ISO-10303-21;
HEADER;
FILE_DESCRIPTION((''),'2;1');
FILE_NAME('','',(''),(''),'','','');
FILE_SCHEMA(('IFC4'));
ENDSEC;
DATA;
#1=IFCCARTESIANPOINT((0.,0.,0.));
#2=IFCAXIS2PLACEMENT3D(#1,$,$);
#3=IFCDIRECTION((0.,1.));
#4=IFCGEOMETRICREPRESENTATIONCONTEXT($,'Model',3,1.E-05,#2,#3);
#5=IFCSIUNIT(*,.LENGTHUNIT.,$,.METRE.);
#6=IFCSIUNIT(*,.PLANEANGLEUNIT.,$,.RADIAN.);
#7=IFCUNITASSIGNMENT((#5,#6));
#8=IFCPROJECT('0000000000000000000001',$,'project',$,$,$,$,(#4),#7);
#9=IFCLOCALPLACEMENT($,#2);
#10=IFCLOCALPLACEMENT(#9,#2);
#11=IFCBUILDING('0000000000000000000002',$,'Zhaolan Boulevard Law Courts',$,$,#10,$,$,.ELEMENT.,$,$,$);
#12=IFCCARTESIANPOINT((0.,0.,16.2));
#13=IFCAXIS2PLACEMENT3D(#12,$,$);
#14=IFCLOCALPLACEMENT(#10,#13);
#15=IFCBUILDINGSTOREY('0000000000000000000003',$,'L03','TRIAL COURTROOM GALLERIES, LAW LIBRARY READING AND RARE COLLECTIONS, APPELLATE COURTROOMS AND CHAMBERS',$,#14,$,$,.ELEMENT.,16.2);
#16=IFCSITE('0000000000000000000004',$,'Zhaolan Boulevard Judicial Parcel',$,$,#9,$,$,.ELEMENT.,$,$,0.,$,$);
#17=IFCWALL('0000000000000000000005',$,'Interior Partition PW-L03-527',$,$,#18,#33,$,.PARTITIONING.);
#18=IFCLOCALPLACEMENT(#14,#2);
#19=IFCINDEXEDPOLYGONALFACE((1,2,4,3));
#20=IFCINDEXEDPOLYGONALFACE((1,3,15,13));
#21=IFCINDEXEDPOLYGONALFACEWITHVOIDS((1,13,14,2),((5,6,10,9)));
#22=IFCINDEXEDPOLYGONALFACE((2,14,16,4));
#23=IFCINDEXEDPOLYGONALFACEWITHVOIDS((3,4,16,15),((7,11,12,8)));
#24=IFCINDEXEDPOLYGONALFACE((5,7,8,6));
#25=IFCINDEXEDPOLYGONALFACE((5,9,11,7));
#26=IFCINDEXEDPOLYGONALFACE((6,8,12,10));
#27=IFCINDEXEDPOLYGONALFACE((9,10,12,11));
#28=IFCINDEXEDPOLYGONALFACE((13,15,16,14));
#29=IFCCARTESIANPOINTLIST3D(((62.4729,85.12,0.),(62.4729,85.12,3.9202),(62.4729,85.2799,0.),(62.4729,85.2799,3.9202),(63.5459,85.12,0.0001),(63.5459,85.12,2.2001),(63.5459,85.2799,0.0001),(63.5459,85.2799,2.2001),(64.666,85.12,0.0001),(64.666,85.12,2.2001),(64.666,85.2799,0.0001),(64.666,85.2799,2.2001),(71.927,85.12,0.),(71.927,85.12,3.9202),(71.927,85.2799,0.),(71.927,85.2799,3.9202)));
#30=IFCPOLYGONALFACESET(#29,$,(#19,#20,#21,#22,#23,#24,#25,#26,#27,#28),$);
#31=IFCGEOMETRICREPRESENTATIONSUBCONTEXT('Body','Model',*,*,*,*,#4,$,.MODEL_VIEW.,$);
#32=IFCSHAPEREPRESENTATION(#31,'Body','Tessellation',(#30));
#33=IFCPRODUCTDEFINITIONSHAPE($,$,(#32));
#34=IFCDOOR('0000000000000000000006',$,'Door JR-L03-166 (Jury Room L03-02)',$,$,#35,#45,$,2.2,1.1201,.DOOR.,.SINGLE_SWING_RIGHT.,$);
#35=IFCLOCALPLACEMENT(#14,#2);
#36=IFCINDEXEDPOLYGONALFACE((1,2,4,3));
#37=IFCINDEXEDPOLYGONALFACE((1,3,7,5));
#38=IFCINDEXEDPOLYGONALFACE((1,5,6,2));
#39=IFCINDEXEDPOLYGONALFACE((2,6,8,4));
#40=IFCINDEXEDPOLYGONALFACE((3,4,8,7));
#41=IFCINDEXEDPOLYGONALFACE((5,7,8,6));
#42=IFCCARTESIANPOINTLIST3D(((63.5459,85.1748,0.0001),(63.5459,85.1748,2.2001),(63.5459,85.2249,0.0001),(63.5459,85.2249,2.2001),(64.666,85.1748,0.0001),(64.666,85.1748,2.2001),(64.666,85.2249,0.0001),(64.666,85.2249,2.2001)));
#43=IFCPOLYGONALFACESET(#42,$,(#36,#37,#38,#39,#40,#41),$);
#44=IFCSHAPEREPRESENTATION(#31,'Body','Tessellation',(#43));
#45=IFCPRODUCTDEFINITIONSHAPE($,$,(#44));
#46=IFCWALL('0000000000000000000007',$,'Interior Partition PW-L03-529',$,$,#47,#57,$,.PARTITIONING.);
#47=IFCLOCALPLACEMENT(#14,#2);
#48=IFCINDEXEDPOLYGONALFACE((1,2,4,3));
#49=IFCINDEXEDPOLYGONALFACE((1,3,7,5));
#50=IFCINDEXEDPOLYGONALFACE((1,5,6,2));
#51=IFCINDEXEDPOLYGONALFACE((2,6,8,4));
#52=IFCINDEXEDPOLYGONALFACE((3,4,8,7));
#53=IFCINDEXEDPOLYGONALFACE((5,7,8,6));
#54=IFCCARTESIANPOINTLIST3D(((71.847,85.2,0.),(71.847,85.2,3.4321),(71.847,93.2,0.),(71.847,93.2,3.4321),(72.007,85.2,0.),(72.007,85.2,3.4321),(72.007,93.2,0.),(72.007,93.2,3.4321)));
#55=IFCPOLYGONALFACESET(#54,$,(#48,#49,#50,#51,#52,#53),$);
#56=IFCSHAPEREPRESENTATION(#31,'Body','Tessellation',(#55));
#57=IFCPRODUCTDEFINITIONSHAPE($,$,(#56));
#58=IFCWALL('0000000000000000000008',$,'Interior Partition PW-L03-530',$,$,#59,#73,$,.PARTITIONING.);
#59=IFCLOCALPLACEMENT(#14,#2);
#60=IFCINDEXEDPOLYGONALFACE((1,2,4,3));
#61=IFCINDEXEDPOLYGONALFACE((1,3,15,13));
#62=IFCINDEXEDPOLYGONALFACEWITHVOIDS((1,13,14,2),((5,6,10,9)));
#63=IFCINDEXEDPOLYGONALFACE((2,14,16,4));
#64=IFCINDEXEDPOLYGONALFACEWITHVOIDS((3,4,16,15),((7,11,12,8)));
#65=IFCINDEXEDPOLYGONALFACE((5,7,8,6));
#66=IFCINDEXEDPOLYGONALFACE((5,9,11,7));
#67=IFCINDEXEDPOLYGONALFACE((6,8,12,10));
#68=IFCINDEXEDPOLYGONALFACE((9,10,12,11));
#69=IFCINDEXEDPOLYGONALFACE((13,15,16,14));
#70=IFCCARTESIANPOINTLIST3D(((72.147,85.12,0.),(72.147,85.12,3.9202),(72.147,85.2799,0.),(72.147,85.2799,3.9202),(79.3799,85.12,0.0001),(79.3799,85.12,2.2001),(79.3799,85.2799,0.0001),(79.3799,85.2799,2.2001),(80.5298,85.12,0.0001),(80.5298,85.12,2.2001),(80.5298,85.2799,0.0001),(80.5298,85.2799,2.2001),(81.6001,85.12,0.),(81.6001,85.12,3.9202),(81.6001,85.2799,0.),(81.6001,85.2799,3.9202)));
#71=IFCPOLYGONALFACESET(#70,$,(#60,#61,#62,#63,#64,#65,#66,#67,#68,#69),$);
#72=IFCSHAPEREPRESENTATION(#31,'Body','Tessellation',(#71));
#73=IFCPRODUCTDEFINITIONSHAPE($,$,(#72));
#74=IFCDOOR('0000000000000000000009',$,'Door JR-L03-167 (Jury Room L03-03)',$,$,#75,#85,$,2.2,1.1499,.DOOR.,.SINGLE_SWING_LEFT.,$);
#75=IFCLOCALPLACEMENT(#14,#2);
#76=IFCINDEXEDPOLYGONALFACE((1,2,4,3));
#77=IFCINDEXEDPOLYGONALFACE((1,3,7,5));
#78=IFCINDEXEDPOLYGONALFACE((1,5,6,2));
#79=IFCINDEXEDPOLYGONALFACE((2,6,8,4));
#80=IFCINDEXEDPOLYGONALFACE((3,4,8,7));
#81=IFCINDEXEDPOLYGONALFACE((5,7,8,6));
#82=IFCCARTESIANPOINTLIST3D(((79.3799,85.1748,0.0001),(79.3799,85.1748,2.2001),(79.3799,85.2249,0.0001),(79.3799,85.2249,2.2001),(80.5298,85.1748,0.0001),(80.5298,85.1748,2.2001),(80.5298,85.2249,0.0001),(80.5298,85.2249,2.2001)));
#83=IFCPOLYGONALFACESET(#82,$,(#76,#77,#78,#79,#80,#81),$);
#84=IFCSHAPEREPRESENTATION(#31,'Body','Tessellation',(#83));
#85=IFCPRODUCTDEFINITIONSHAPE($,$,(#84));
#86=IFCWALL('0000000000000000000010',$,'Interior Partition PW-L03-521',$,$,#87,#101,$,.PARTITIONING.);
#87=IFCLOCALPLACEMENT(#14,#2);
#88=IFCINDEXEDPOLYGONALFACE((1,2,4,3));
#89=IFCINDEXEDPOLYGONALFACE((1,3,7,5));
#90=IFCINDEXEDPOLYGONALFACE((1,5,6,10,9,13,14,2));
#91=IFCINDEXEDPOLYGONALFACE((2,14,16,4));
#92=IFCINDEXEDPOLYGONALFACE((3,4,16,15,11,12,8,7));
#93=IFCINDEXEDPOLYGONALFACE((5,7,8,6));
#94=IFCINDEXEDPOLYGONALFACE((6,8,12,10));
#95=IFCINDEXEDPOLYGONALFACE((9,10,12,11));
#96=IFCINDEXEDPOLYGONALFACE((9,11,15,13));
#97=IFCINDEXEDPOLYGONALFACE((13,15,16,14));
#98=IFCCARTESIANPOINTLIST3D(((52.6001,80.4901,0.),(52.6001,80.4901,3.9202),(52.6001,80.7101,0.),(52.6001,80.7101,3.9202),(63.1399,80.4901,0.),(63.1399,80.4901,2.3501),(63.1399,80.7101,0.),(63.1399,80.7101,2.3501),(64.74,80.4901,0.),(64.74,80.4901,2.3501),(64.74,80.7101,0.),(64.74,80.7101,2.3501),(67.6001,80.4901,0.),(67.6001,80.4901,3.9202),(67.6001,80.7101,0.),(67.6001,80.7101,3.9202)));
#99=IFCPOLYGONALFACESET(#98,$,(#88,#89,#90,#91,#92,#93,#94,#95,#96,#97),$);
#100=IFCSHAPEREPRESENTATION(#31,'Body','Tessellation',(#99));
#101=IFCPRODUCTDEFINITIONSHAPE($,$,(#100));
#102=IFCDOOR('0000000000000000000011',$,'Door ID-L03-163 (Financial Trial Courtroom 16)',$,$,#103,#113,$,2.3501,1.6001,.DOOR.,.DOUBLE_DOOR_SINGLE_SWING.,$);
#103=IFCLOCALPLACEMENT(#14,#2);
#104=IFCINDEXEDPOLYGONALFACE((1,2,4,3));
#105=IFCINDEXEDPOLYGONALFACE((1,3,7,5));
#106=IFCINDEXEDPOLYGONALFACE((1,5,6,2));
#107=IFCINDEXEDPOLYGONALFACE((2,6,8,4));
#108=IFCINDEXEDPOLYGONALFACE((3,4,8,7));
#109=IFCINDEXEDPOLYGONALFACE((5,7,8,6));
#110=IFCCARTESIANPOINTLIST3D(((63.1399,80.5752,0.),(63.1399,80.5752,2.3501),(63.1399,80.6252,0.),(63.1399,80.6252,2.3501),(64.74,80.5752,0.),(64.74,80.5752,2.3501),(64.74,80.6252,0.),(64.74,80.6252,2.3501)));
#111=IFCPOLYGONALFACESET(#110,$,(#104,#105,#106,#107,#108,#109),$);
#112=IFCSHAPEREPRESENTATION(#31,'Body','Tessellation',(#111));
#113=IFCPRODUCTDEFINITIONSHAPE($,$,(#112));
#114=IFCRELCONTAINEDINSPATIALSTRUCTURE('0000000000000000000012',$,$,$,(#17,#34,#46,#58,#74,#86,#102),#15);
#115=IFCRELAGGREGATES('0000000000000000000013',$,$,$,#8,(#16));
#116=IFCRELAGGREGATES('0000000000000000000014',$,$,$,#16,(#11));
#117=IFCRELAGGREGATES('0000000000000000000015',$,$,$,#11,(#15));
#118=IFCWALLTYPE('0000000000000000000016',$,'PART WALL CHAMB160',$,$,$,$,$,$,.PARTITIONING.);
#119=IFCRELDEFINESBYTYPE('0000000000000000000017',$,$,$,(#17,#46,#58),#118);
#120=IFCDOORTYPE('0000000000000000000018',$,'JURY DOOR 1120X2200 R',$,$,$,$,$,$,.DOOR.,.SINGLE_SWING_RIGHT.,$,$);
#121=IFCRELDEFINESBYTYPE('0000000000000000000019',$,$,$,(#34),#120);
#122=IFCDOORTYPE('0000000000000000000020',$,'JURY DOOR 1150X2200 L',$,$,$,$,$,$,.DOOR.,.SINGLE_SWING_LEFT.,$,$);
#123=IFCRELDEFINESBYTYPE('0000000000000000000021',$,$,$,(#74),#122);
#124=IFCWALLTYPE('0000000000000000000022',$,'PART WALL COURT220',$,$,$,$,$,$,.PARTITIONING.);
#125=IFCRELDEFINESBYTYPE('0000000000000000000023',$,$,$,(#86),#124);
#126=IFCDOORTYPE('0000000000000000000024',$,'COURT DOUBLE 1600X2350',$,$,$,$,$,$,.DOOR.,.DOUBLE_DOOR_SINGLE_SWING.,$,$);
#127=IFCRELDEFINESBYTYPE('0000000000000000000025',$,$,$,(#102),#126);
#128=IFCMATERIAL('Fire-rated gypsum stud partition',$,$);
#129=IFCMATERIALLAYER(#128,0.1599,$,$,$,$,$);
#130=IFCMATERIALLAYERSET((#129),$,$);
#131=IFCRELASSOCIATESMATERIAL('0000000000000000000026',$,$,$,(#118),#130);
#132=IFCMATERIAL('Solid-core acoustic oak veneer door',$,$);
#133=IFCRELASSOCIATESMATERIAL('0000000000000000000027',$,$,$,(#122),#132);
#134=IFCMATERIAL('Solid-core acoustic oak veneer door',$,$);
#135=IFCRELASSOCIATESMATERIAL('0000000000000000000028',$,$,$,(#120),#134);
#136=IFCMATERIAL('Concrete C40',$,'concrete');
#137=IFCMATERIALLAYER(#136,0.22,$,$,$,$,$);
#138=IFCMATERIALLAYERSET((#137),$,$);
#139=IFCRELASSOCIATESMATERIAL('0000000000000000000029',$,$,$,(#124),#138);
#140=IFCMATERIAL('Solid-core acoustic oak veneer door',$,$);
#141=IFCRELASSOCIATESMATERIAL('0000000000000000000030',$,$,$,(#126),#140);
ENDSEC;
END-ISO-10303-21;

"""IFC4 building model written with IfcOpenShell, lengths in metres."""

from ifc_helpers import new_model, si_unit, direction, frame, frame_2d, origin, place, context, subcontext, project, spatial, rectangle, extrude, material, layer, layer_set, type_object, element, fill, save


model = new_model("IFC4")

# Units and contexts
model_context = context("Model", 3, precision=1e-05, world=origin(), true_north=direction((0.0, 1.0)))
body_context = subcontext(model_context, "Body", "Model", "MODEL_VIEW")
ifc_project = project(units=[si_unit("LENGTHUNIT", "METRE"), si_unit("PLANEANGLEUNIT", "RADIAN")], contexts=[model_context])

# Site, building, storey
site_placement = place(None, origin())
site = spatial("IfcSite", under=ifc_project, at=site_placement, Name="Zhaolan Boulevard Judicial Parcel", CompositionType="ELEMENT", RefElevation=0.0)
building_placement = place(site_placement, origin())
building = spatial("IfcBuilding", under=site, at=building_placement, Name="Zhaolan Boulevard Law Courts", CompositionType="ELEMENT")
storey_placement = place(building_placement, frame((0.0, 0.0, 16.2)))
storey = spatial("IfcBuildingStorey", under=building, at=storey_placement, Name="L03", Description="TRIAL COURTROOM GALLERIES, LAW LIBRARY READING AND RARE COLLECTIONS, APPELLATE COURTROOMS AND CHAMBERS", CompositionType="ELEMENT", Elevation=16.2)

# Shared definitions
ifc_material_1 = material(Name="Fire-rated gypsum stud partition")
ifc_layer_1 = layer(ifc_material_1, 0.1599)
ifc_layer_set_1 = layer_set([ifc_layer_1])
wall_type_1 = type_object("IfcWallType", Name="PART WALL CHAMB160", PredefinedType="PARTITIONING", material=ifc_layer_set_1)
ifc_material_2 = material(Name="Solid-core acoustic oak veneer door")
door_type_1 = type_object("IfcDoorType", Name="JURY DOOR 1150X2200 L", OperationType="SINGLE_SWING_LEFT", PredefinedType="DOOR", material=ifc_material_2)

# Wall, opening, door
wall_1_placement = place(storey_placement, frame((62.4729, 85.2, 0.0), z_axis=(0.0, 0.0, 1.0), x_axis=(1.0, 0.0, 0.0)))
wall_1 = element("IfcWall", 1, at=wall_1_placement, inside=storey, type_object=wall_type_1, Name="Interior Partition PW-L03-527", PredefinedType="PARTITIONING", context=body_context, shape_type="SweptSolid", body=[
    extrude(rectangle(XDim=9.4541, YDim=0.1599, at=frame_2d((4.7271, 0.0))), origin(), (0.0, 0.0, 1.0), 3.9202),
])
opening_1_placement = place(wall_1_placement, frame((1.073, 0.0, 0.0)))
opening_1 = element("IfcOpeningElement", 2, at=opening_1_placement, cuts=wall_1, PredefinedType="OPENING", context=body_context, shape_type="SweptSolid", body=[
    extrude(rectangle(XDim=1.1201, YDim=2.2, at=frame_2d((0.5601, 1.1001))), frame((0.0, 0.0898, 0.0), z_axis=(0.0, -1.0, 0.0), x_axis=(1.0, 0.0, 0.0)), (0.0, 0.0, 1.0), 0.1799),
])
ifc_material_3 = material(Name="Solid-core acoustic oak veneer door")
door_type_2 = type_object("IfcDoorType", Name="JURY DOOR 1120X2200 R", OperationType="SINGLE_SWING_RIGHT", PredefinedType="DOOR", material=ifc_material_3)
door_1_placement = place(opening_1_placement, origin())
door_1 = element("IfcDoor", 3, at=door_1_placement, inside=storey, type_object=door_type_2, Name="Door JR-L03-166 (Jury Room L03-02)", OperationType="SINGLE_SWING_RIGHT", OverallHeight=2.2, OverallWidth=1.1201, PredefinedType="DOOR", context=body_context, shape_type="SweptSolid", body=[
    extrude(rectangle(XDim=1.1201, YDim=2.2, at=frame_2d((0.5601, 1.1001))), frame((0.0, 0.0249, 0.0), z_axis=(0.0, -1.0, 0.0), x_axis=(1.0, 0.0, 0.0)), (0.0, 0.0, 1.0), 0.05),
])
fill(opening_1, door_1)

# Wall
wall_2_placement = place(storey_placement, frame((71.927, 85.2, 0.0), z_axis=(0.0, 0.0, 1.0), x_axis=(0.0, 1.0, 0.0)))
element("IfcWall", 4, at=wall_2_placement, inside=storey, type_object=wall_type_1, Name="Interior Partition PW-L03-529", PredefinedType="PARTITIONING", context=body_context, shape_type="SweptSolid", body=[
    extrude(rectangle(XDim=8.0, YDim=0.1599, at=frame_2d((4.0, 0.0))), origin(), (0.0, 0.0, 1.0), 3.4321),
])

# Walls, openings, doors
wall_3_placement = place(storey_placement, frame((72.147, 85.2, 0.0), z_axis=(0.0, 0.0, 1.0), x_axis=(1.0, 0.0, 0.0)))
wall_3 = element("IfcWall", 5, at=wall_3_placement, inside=storey, type_object=wall_type_1, Name="Interior Partition PW-L03-530", PredefinedType="PARTITIONING", context=body_context, shape_type="SweptSolid", body=[
    extrude(rectangle(XDim=9.4531, YDim=0.1599, at=frame_2d((4.7266, 0.0))), origin(), (0.0, 0.0, 1.0), 3.9202),
])
opening_2_placement = place(wall_3_placement, frame((7.2329, 0.0, 0.0)))
opening_2 = element("IfcOpeningElement", 6, at=opening_2_placement, cuts=wall_3, PredefinedType="OPENING", context=body_context, shape_type="SweptSolid", body=[
    extrude(rectangle(XDim=1.1499, YDim=2.2, at=frame_2d((0.575, 1.1001))), frame((0.0, 0.0898, 0.0), z_axis=(0.0, -1.0, 0.0), x_axis=(1.0, 0.0, 0.0)), (0.0, 0.0, 1.0), 0.1799),
])
door_2_placement = place(opening_2_placement, origin())
door_2 = element("IfcDoor", 7, at=door_2_placement, inside=storey, type_object=door_type_1, Name="Door JR-L03-167 (Jury Room L03-03)", OperationType="SINGLE_SWING_LEFT", OverallHeight=2.2, OverallWidth=1.1499, PredefinedType="DOOR", context=body_context, shape_type="SweptSolid", body=[
    extrude(rectangle(XDim=1.1499, YDim=2.2, at=frame_2d((0.575, 1.1001))), frame((0.0, 0.0249, 0.0), z_axis=(0.0, -1.0, 0.0), x_axis=(1.0, 0.0, 0.0)), (0.0, 0.0, 1.0), 0.05),
])
fill(opening_2, door_2)
ifc_material_4 = material(Name="Concrete C40", Category="concrete")
ifc_layer_2 = layer(ifc_material_4, 0.22)
ifc_layer_set_2 = layer_set([ifc_layer_2])
wall_type_2 = type_object("IfcWallType", Name="PART WALL COURT220", PredefinedType="PARTITIONING", material=ifc_layer_set_2)
wall_4_placement = place(storey_placement, frame((67.6001, 80.6001, 0.0), z_axis=(0.0, 0.0, 1.0), x_axis=(-1.0, 0.0, 0.0)))
wall_4 = element("IfcWall", 8, at=wall_4_placement, inside=storey, type_object=wall_type_2, Name="Interior Partition PW-L03-521", PredefinedType="PARTITIONING", context=body_context, shape_type="SweptSolid", body=[
    extrude(rectangle(XDim=15.0, YDim=0.22, at=frame_2d((7.5, 0.0))), origin(), (0.0, 0.0, 1.0), 3.9202),
])
opening_3_placement = place(wall_4_placement, frame((2.8601, 0.0, 0.0)))
opening_3 = element("IfcOpeningElement", 9, at=opening_3_placement, cuts=wall_4, PredefinedType="OPENING", context=body_context, shape_type="SweptSolid", body=[
    extrude(rectangle(XDim=1.6001, YDim=2.3501, at=frame_2d((0.8, 1.175))), frame((0.0, 0.1199, 0.0), z_axis=(0.0, -1.0, 0.0), x_axis=(1.0, 0.0, 0.0)), (0.0, 0.0, 1.0), 0.24),
])
ifc_material_5 = material(Name="Solid-core acoustic oak veneer door")
door_type_3 = type_object("IfcDoorType", Name="COURT DOUBLE 1600X2350", OperationType="DOUBLE_DOOR_SINGLE_SWING", PredefinedType="DOOR", material=ifc_material_5)
door_3_placement = place(opening_3_placement, origin())
door_3 = element("IfcDoor", 10, at=door_3_placement, inside=storey, type_object=door_type_3, Name="Door ID-L03-163 (Financial Trial Courtroom 16)", OperationType="DOUBLE_DOOR_SINGLE_SWING", OverallHeight=2.3501, OverallWidth=1.6001, PredefinedType="DOOR", context=body_context, shape_type="SweptSolid", body=[
    extrude(rectangle(XDim=1.6001, YDim=2.3501, at=frame_2d((0.8, 1.175))), frame((0.0, 0.0249, 0.0), z_axis=(0.0, -1.0, 0.0), x_axis=(1.0, 0.0, 0.0)), (0.0, 0.0, 1.0), 0.05),
])
fill(opening_3, door_3)

save(model, "model.ifc")
